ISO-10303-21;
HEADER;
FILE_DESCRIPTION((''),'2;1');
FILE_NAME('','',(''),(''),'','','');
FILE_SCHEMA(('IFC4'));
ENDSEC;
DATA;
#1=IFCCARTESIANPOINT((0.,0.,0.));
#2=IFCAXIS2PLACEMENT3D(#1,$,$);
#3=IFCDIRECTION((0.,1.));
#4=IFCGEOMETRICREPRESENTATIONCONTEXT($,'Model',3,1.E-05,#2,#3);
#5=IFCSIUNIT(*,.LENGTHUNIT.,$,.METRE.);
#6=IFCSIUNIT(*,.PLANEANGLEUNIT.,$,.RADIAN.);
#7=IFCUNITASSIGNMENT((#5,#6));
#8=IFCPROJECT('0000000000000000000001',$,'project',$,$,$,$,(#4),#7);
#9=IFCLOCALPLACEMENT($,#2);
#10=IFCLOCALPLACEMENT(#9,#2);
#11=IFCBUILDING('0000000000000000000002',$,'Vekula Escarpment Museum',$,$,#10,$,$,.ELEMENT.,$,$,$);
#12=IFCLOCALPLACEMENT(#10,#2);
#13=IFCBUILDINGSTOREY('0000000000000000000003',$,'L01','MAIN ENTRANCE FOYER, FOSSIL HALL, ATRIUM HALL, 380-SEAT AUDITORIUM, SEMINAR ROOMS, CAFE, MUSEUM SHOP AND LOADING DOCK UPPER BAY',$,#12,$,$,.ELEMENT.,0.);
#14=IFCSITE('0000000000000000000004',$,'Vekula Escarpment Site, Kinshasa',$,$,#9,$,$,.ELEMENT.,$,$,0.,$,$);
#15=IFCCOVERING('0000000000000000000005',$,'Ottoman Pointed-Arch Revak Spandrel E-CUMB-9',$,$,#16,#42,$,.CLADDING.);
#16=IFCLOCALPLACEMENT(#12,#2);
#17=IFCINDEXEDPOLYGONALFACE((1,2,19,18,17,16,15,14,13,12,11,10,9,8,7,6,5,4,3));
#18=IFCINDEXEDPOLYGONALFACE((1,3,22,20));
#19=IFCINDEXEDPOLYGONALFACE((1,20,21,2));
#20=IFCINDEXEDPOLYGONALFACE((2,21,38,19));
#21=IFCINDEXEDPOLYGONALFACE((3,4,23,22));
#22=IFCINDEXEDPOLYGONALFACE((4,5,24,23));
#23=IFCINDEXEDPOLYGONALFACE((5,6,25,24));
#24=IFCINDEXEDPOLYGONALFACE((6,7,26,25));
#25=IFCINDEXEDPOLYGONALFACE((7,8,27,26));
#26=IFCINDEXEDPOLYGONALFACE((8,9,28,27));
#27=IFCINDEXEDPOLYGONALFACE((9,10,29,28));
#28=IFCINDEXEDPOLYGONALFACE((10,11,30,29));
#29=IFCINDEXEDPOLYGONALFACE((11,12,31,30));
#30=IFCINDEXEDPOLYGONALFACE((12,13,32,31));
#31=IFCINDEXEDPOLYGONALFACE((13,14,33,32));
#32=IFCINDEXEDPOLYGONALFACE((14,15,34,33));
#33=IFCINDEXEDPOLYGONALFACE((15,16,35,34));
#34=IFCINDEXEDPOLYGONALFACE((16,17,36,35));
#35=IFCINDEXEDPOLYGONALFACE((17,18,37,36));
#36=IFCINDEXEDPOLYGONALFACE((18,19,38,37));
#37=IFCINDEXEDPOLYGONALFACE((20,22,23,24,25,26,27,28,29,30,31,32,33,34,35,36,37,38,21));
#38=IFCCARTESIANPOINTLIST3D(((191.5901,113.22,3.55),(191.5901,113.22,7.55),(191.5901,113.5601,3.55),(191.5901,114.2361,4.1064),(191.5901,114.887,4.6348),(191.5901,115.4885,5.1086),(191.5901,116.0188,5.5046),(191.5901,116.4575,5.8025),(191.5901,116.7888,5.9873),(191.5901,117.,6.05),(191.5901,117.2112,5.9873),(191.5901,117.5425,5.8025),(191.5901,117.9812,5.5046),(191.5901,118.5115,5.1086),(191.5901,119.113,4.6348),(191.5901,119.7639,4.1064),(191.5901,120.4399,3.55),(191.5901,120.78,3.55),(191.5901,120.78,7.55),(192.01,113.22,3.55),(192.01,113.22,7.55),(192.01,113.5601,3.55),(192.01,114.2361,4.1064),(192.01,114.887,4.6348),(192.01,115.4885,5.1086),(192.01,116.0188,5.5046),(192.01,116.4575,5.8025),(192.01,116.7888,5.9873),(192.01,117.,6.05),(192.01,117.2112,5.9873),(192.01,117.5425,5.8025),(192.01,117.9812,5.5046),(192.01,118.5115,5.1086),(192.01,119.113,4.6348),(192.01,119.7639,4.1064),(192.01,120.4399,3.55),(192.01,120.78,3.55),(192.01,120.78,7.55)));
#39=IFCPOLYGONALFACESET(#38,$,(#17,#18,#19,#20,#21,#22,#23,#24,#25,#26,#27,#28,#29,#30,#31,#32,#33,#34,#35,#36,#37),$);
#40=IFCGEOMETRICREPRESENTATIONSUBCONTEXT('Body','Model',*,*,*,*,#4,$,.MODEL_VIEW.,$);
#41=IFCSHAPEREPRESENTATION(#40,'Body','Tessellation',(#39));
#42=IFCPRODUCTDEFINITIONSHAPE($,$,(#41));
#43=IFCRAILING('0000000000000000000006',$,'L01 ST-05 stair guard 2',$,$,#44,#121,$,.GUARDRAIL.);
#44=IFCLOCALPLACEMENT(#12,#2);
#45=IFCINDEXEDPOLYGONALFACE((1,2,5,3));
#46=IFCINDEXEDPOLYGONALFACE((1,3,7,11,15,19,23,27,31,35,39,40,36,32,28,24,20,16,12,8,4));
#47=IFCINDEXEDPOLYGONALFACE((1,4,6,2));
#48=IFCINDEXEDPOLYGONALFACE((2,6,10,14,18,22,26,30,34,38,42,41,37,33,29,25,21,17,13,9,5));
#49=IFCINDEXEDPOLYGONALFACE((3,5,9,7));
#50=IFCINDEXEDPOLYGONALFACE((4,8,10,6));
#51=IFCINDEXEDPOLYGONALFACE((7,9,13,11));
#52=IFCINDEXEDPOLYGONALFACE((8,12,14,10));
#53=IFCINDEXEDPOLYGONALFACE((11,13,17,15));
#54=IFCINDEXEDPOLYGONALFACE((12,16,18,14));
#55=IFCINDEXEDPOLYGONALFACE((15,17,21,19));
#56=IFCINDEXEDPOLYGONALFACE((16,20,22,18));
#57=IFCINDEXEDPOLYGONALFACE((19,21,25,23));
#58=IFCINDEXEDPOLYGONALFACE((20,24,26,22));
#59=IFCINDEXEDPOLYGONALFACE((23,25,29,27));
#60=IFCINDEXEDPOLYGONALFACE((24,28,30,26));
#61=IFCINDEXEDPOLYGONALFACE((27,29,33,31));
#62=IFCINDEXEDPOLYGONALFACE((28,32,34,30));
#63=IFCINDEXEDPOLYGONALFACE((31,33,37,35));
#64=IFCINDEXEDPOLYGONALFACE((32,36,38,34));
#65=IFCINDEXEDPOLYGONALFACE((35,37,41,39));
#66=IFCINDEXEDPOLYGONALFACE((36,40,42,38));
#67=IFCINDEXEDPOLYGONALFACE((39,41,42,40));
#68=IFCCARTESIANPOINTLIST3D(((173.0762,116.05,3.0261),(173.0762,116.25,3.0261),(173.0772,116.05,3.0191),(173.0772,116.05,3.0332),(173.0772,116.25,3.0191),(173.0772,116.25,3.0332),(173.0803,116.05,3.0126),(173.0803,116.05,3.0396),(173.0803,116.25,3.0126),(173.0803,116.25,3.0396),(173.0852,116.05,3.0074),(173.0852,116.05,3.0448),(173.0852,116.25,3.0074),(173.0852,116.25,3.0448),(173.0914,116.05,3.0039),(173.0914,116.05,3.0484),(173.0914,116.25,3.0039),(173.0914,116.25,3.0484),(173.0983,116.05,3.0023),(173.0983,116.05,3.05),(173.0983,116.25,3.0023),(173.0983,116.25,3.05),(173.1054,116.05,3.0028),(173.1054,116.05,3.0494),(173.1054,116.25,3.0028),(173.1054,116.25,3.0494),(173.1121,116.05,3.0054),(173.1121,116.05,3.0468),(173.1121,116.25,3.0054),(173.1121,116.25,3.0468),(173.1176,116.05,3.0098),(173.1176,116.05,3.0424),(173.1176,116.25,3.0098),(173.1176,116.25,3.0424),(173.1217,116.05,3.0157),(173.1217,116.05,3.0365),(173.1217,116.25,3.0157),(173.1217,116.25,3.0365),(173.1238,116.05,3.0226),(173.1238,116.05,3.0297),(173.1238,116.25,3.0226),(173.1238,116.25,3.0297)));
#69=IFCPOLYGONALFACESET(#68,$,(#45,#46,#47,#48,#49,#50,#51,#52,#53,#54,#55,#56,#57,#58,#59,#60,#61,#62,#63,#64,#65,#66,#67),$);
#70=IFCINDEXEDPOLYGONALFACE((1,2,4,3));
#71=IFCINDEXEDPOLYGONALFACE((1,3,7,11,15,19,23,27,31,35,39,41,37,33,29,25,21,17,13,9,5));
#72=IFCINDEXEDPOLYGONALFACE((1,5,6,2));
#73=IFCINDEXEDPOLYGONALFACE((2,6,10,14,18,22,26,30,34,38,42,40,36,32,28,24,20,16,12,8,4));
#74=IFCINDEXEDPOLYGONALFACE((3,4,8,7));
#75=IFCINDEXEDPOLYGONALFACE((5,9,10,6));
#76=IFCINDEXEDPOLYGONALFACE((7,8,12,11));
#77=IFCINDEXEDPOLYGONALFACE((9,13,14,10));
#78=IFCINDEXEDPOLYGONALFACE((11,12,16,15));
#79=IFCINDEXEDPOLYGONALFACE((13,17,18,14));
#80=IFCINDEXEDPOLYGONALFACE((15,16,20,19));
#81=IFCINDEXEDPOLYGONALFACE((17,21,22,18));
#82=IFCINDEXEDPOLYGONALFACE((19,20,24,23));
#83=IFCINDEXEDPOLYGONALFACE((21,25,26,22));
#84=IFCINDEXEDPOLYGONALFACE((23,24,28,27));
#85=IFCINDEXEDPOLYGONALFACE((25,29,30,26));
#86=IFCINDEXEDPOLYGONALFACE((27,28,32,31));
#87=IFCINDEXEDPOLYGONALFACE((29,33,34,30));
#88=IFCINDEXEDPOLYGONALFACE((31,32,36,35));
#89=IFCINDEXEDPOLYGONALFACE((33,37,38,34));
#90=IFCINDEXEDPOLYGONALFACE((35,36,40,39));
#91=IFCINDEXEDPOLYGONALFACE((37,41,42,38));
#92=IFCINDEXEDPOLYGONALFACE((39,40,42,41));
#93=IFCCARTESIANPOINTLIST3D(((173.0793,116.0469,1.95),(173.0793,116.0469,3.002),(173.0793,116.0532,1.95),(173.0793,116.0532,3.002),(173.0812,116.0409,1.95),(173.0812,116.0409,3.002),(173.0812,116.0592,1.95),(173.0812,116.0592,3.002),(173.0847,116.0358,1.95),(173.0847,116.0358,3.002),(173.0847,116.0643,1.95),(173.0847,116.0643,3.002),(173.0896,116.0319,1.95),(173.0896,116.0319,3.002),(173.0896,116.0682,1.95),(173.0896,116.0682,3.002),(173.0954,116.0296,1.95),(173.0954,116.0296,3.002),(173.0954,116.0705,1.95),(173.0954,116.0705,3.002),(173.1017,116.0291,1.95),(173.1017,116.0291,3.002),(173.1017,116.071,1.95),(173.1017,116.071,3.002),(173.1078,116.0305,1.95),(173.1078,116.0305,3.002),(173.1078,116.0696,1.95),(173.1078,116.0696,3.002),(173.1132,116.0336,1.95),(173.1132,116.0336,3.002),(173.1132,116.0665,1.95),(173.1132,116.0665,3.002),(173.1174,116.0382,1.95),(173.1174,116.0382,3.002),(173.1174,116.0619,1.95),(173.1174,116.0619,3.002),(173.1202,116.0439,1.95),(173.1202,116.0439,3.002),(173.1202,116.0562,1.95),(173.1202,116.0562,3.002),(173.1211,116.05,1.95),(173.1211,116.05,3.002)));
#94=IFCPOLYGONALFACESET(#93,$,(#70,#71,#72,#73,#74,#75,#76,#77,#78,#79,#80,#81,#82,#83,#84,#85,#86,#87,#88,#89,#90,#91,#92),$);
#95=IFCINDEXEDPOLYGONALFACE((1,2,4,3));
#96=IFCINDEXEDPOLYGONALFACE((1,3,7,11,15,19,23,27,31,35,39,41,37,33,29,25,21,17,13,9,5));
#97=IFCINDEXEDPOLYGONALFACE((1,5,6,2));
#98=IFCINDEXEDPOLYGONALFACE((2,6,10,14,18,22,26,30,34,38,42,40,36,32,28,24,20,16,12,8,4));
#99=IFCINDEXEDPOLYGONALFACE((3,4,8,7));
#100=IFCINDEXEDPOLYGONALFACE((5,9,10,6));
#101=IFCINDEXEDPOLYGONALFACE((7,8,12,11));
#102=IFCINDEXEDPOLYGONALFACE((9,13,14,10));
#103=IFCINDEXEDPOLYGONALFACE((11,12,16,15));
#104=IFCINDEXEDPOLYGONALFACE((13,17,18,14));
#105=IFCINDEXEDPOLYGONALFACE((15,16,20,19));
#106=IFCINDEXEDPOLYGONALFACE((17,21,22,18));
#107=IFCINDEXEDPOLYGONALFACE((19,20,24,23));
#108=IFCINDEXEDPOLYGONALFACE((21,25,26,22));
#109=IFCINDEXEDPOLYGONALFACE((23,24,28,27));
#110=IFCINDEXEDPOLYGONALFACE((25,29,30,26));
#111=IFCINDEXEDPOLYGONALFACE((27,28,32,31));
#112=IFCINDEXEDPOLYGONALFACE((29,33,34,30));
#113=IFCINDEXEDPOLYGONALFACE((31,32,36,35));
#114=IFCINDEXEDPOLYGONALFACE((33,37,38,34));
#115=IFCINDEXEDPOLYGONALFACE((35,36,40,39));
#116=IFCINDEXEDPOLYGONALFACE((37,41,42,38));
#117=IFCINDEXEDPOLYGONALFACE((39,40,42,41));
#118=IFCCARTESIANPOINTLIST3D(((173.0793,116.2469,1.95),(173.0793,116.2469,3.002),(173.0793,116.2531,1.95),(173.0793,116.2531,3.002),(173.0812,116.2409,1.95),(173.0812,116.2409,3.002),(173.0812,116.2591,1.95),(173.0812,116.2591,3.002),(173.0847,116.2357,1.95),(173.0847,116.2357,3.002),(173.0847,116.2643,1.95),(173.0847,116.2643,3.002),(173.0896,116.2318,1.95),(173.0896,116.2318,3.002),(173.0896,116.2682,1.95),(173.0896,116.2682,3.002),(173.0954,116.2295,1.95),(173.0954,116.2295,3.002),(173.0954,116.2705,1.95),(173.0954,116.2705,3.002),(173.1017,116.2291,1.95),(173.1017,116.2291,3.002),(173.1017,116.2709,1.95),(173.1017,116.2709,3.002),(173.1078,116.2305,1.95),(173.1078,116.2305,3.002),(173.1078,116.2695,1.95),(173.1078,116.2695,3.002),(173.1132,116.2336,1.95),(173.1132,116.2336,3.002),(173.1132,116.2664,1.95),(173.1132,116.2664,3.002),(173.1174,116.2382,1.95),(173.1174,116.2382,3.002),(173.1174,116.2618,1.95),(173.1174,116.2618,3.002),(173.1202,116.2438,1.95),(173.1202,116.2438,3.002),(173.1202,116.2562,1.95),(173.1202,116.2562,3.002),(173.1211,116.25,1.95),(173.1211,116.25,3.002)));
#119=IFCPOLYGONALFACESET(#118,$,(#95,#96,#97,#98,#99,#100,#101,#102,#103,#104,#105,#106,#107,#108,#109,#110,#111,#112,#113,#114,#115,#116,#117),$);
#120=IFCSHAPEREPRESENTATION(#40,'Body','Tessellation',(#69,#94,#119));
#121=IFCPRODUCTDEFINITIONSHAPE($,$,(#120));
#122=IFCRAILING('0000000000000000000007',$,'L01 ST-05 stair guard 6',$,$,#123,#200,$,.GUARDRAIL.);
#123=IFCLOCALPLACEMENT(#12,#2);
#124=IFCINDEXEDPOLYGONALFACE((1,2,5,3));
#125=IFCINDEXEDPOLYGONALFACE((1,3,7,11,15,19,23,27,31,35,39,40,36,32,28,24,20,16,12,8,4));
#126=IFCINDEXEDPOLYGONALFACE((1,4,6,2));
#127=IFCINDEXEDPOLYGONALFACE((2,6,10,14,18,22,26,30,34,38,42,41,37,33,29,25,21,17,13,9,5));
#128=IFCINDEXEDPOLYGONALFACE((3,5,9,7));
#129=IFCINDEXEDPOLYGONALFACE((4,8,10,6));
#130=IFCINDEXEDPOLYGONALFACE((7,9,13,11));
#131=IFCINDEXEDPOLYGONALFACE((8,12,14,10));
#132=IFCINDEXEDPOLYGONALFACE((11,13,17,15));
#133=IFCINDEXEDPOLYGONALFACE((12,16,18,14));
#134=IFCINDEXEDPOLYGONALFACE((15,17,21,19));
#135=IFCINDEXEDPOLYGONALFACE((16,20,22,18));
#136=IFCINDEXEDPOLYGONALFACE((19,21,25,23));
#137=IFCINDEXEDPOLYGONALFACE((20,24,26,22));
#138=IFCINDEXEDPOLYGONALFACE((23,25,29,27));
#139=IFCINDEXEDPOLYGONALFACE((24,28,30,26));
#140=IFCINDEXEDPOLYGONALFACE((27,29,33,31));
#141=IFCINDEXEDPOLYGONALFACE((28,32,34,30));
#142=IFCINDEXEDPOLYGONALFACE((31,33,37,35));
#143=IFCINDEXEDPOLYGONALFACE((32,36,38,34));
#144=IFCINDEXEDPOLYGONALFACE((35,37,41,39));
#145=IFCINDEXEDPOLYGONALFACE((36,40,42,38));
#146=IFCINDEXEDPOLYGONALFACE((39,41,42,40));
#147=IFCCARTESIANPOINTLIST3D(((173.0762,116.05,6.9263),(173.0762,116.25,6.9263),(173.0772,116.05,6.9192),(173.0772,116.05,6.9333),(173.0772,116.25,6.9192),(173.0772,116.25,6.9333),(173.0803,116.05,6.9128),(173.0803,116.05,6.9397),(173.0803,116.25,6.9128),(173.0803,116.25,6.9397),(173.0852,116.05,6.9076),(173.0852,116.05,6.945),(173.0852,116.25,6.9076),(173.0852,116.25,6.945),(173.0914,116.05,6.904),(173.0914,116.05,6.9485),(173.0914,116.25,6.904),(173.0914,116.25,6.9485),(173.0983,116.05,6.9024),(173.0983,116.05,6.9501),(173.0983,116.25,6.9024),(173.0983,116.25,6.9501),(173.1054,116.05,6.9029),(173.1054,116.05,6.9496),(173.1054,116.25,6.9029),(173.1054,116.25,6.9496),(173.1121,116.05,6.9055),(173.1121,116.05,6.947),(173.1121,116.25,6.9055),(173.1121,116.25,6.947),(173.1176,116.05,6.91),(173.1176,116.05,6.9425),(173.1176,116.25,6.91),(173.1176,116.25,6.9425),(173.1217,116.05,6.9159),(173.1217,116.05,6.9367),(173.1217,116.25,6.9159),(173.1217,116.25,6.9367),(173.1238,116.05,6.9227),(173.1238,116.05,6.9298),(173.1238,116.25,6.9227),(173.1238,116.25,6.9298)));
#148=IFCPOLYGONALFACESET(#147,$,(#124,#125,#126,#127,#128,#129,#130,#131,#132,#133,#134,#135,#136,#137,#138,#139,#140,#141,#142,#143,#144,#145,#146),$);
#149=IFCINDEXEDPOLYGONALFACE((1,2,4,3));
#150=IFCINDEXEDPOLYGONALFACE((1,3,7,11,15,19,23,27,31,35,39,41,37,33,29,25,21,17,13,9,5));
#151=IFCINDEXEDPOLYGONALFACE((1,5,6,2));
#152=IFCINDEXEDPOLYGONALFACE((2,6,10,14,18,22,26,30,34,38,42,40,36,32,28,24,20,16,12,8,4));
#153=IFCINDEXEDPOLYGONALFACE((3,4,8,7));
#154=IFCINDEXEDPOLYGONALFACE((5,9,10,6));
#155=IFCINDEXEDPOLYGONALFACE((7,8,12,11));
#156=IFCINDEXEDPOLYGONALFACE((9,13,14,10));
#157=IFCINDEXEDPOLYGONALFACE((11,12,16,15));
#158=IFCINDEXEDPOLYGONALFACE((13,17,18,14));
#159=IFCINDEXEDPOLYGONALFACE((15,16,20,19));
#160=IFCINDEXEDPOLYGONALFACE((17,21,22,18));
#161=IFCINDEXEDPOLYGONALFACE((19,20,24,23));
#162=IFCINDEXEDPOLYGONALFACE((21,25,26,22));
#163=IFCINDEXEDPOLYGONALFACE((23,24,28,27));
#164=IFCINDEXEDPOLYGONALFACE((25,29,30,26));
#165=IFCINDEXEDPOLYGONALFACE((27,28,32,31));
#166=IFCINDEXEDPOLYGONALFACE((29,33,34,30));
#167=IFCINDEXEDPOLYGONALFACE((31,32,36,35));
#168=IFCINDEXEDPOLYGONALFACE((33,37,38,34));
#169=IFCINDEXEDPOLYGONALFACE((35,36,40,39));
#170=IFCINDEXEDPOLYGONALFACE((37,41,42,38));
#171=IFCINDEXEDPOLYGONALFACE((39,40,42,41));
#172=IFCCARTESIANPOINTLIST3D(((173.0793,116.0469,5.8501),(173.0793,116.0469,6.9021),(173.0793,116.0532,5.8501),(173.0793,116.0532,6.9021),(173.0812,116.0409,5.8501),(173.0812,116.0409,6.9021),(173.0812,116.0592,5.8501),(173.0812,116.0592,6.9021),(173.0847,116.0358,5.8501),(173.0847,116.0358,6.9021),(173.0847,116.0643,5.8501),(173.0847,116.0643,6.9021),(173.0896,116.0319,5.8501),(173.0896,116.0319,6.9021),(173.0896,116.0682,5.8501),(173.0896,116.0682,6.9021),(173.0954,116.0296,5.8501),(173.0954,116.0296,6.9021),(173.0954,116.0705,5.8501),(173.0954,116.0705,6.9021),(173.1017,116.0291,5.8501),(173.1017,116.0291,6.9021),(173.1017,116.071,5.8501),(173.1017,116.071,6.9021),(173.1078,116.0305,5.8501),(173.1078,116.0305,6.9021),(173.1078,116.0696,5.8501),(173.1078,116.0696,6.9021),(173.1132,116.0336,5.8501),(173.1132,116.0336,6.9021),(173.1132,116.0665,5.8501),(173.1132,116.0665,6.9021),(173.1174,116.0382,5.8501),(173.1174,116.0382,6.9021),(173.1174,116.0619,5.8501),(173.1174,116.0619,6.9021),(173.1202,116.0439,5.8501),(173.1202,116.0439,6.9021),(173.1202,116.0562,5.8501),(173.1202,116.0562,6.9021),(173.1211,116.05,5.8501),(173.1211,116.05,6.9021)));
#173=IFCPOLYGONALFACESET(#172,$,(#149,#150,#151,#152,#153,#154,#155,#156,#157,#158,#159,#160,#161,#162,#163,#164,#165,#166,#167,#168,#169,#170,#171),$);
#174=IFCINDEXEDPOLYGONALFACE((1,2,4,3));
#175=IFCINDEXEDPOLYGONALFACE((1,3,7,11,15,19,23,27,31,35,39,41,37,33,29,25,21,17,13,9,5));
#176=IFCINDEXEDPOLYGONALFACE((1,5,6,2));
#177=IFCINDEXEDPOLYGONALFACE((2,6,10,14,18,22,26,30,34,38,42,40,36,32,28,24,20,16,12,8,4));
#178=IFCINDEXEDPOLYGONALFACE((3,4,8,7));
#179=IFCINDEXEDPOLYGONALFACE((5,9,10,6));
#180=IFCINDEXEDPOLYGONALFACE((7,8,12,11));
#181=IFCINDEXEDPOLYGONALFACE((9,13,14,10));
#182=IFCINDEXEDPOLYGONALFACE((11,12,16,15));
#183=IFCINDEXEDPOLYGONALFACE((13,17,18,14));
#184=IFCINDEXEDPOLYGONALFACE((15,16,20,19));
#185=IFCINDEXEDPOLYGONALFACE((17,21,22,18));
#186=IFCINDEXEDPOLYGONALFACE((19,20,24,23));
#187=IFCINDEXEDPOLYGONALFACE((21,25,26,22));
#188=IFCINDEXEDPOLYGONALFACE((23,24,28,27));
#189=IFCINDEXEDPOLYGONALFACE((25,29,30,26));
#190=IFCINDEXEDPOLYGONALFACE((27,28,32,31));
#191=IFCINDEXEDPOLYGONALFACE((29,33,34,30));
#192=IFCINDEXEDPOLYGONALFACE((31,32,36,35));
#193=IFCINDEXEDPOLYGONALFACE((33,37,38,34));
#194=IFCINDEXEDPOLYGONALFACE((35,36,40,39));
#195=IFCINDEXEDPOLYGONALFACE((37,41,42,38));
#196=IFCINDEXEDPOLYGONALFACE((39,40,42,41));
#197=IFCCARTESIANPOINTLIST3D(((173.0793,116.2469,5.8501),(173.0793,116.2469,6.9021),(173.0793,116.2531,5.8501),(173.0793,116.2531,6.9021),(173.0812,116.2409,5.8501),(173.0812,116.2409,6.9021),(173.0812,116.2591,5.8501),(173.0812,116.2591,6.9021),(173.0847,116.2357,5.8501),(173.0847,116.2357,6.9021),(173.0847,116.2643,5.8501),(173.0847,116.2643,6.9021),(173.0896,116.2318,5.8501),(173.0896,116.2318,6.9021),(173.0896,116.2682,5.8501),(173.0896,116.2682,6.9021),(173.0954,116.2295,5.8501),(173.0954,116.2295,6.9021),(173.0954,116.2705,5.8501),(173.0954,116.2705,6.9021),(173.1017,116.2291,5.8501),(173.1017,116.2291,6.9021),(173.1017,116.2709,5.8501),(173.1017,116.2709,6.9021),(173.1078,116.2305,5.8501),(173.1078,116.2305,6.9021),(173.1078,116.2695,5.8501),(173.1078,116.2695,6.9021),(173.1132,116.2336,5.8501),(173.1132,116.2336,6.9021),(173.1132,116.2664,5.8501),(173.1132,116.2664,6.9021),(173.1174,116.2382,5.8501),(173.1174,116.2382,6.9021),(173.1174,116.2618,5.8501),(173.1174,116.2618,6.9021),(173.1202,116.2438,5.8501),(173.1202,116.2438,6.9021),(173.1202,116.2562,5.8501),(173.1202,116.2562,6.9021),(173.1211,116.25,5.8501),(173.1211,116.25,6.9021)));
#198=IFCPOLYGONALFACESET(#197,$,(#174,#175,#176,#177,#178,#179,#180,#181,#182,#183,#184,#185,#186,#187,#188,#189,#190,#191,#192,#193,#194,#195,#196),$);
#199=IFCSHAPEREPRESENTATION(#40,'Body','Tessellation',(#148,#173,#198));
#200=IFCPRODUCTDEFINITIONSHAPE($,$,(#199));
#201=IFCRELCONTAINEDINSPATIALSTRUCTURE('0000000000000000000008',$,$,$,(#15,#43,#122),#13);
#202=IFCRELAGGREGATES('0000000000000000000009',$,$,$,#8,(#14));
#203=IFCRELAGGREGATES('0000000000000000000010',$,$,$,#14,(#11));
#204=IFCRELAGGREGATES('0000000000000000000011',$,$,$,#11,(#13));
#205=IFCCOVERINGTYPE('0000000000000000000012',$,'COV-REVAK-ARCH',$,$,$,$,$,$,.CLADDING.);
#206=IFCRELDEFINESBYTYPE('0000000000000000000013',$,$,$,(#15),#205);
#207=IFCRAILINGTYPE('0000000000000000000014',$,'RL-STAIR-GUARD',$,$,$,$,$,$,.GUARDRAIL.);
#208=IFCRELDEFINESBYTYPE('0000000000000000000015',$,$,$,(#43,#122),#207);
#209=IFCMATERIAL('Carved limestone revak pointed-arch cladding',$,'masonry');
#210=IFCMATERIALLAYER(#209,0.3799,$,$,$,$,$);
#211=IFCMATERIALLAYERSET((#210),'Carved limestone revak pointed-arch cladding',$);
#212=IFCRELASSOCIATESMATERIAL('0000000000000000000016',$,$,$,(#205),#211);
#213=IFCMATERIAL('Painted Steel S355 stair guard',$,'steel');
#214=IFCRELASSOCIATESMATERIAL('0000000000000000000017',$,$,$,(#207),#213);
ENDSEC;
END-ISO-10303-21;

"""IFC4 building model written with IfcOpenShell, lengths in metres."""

from ifc_helpers import new_model, si_unit, direction, frame, origin, origin_2d, place, context, subcontext, project, spatial, polyline, circle, outline, extrude, material, layer, layer_set, type_object, element, save


model = new_model("IFC4")

# Units and contexts
model_context = context("Model", 3, precision=1e-05, world=origin(), true_north=direction((0.0, 1.0)))
body_context = subcontext(model_context, "Body", "Model", "MODEL_VIEW")
ifc_project = project(units=[si_unit("LENGTHUNIT", "METRE"), si_unit("PLANEANGLEUNIT", "RADIAN")], contexts=[model_context])

# Site, building, storey
site_placement = place(None, origin())
site = spatial("IfcSite", under=ifc_project, at=site_placement, Name="Vekula Escarpment Site, Kinshasa", CompositionType="ELEMENT", RefElevation=0.0)
building_placement = place(site_placement, origin())
building = spatial("IfcBuilding", under=site, at=building_placement, Name="Vekula Escarpment Museum", CompositionType="ELEMENT")
storey_placement = place(building_placement, origin())
storey = spatial("IfcBuildingStorey", under=building, at=storey_placement, Name="L01", Description="MAIN ENTRANCE FOYER, FOSSIL HALL, ATRIUM HALL, 380-SEAT AUDITORIUM, SEMINAR ROOMS, CAFE, MUSEUM SHOP AND LOADING DOCK UPPER BAY", CompositionType="ELEMENT", Elevation=0.0)

# Covering
ifc_material_1 = material(Name="Carved limestone revak pointed-arch cladding", Category="masonry")
ifc_layer_1 = layer(ifc_material_1, 0.3799)
ifc_layer_set_1 = layer_set([ifc_layer_1], Name="Carved limestone revak pointed-arch cladding")
covering_type_1 = type_object("IfcCoveringType", Name="COV-REVAK-ARCH", PredefinedType="CLADDING", material=ifc_layer_set_1)
covering_placement = place(storey_placement, frame((191.5901, 117.0, 3.55), z_axis=(1.0, 0.0, 0.0), x_axis=(0.0, 1.0, 0.0)))
element("IfcCovering", 1, at=covering_placement, inside=storey, type_object=covering_type_1, Name="Ottoman Pointed-Arch Revak Spandrel E-CUMB-9", PredefinedType="CLADDING", context=body_context, shape_type="SweptSolid", body=[
    extrude(outline(polyline([(-3.78, 4.0), (3.78, 4.0), (3.78, 0.0), (3.4399, 0.0), (2.7639, 0.5564), (2.113, 1.0847), (1.5115, 1.5586), (0.9812, 1.9546), (0.5425, 2.2524), (0.2112, 2.4373), (0.0, 2.5), (-0.2112, 2.4373), (-0.5425, 2.2524), (-0.9812, 1.9546), (-1.5115, 1.5586), (-2.113, 1.0847), (-2.7639, 0.5564), (-3.4399, 0.0), (-3.78, 0.0), (-3.78, 4.0)])), origin(), (0.0, 0.0, 1.0), 0.4199),
])

# Railings
ifc_material_2 = material(Name="Painted Steel S355 stair guard", Category="steel")
railing_type = type_object("IfcRailingType", Name="RL-STAIR-GUARD", PredefinedType="GUARDRAIL", material=ifc_material_2)
for number, where, name in (
    (2, (173.1001, 116.05, 1.95), "L01 ST-05 stair guard 2"),
    (3, (173.1001, 116.05, 5.8501), "L01 ST-05 stair guard 6"),
):
    element("IfcRailing", number, at=place(storey_placement, frame(where)), inside=storey, type_object=railing_type, Name=name, PredefinedType="GUARDRAIL", context=body_context, shape_type="SweptSolid", body=[
        extrude(circle(Radius=0.0239, at=origin_2d()), frame((0.0, 0.0, 1.0762), z_axis=(0.0, 1.0, 0.0), x_axis=(-1.0, 0.0, 0.0)), (0.0, 0.0, 1.0), 0.2),
        extrude(circle(Radius=0.021, at=origin_2d()), origin(), (0.0, 0.0, 1.0), 1.052),
        extrude(circle(Radius=0.021, at=origin_2d()), frame((0.0, 0.2, 0.0)), (0.0, 0.0, 1.0), 1.052),
    ])

save(model, "model.ifc")
